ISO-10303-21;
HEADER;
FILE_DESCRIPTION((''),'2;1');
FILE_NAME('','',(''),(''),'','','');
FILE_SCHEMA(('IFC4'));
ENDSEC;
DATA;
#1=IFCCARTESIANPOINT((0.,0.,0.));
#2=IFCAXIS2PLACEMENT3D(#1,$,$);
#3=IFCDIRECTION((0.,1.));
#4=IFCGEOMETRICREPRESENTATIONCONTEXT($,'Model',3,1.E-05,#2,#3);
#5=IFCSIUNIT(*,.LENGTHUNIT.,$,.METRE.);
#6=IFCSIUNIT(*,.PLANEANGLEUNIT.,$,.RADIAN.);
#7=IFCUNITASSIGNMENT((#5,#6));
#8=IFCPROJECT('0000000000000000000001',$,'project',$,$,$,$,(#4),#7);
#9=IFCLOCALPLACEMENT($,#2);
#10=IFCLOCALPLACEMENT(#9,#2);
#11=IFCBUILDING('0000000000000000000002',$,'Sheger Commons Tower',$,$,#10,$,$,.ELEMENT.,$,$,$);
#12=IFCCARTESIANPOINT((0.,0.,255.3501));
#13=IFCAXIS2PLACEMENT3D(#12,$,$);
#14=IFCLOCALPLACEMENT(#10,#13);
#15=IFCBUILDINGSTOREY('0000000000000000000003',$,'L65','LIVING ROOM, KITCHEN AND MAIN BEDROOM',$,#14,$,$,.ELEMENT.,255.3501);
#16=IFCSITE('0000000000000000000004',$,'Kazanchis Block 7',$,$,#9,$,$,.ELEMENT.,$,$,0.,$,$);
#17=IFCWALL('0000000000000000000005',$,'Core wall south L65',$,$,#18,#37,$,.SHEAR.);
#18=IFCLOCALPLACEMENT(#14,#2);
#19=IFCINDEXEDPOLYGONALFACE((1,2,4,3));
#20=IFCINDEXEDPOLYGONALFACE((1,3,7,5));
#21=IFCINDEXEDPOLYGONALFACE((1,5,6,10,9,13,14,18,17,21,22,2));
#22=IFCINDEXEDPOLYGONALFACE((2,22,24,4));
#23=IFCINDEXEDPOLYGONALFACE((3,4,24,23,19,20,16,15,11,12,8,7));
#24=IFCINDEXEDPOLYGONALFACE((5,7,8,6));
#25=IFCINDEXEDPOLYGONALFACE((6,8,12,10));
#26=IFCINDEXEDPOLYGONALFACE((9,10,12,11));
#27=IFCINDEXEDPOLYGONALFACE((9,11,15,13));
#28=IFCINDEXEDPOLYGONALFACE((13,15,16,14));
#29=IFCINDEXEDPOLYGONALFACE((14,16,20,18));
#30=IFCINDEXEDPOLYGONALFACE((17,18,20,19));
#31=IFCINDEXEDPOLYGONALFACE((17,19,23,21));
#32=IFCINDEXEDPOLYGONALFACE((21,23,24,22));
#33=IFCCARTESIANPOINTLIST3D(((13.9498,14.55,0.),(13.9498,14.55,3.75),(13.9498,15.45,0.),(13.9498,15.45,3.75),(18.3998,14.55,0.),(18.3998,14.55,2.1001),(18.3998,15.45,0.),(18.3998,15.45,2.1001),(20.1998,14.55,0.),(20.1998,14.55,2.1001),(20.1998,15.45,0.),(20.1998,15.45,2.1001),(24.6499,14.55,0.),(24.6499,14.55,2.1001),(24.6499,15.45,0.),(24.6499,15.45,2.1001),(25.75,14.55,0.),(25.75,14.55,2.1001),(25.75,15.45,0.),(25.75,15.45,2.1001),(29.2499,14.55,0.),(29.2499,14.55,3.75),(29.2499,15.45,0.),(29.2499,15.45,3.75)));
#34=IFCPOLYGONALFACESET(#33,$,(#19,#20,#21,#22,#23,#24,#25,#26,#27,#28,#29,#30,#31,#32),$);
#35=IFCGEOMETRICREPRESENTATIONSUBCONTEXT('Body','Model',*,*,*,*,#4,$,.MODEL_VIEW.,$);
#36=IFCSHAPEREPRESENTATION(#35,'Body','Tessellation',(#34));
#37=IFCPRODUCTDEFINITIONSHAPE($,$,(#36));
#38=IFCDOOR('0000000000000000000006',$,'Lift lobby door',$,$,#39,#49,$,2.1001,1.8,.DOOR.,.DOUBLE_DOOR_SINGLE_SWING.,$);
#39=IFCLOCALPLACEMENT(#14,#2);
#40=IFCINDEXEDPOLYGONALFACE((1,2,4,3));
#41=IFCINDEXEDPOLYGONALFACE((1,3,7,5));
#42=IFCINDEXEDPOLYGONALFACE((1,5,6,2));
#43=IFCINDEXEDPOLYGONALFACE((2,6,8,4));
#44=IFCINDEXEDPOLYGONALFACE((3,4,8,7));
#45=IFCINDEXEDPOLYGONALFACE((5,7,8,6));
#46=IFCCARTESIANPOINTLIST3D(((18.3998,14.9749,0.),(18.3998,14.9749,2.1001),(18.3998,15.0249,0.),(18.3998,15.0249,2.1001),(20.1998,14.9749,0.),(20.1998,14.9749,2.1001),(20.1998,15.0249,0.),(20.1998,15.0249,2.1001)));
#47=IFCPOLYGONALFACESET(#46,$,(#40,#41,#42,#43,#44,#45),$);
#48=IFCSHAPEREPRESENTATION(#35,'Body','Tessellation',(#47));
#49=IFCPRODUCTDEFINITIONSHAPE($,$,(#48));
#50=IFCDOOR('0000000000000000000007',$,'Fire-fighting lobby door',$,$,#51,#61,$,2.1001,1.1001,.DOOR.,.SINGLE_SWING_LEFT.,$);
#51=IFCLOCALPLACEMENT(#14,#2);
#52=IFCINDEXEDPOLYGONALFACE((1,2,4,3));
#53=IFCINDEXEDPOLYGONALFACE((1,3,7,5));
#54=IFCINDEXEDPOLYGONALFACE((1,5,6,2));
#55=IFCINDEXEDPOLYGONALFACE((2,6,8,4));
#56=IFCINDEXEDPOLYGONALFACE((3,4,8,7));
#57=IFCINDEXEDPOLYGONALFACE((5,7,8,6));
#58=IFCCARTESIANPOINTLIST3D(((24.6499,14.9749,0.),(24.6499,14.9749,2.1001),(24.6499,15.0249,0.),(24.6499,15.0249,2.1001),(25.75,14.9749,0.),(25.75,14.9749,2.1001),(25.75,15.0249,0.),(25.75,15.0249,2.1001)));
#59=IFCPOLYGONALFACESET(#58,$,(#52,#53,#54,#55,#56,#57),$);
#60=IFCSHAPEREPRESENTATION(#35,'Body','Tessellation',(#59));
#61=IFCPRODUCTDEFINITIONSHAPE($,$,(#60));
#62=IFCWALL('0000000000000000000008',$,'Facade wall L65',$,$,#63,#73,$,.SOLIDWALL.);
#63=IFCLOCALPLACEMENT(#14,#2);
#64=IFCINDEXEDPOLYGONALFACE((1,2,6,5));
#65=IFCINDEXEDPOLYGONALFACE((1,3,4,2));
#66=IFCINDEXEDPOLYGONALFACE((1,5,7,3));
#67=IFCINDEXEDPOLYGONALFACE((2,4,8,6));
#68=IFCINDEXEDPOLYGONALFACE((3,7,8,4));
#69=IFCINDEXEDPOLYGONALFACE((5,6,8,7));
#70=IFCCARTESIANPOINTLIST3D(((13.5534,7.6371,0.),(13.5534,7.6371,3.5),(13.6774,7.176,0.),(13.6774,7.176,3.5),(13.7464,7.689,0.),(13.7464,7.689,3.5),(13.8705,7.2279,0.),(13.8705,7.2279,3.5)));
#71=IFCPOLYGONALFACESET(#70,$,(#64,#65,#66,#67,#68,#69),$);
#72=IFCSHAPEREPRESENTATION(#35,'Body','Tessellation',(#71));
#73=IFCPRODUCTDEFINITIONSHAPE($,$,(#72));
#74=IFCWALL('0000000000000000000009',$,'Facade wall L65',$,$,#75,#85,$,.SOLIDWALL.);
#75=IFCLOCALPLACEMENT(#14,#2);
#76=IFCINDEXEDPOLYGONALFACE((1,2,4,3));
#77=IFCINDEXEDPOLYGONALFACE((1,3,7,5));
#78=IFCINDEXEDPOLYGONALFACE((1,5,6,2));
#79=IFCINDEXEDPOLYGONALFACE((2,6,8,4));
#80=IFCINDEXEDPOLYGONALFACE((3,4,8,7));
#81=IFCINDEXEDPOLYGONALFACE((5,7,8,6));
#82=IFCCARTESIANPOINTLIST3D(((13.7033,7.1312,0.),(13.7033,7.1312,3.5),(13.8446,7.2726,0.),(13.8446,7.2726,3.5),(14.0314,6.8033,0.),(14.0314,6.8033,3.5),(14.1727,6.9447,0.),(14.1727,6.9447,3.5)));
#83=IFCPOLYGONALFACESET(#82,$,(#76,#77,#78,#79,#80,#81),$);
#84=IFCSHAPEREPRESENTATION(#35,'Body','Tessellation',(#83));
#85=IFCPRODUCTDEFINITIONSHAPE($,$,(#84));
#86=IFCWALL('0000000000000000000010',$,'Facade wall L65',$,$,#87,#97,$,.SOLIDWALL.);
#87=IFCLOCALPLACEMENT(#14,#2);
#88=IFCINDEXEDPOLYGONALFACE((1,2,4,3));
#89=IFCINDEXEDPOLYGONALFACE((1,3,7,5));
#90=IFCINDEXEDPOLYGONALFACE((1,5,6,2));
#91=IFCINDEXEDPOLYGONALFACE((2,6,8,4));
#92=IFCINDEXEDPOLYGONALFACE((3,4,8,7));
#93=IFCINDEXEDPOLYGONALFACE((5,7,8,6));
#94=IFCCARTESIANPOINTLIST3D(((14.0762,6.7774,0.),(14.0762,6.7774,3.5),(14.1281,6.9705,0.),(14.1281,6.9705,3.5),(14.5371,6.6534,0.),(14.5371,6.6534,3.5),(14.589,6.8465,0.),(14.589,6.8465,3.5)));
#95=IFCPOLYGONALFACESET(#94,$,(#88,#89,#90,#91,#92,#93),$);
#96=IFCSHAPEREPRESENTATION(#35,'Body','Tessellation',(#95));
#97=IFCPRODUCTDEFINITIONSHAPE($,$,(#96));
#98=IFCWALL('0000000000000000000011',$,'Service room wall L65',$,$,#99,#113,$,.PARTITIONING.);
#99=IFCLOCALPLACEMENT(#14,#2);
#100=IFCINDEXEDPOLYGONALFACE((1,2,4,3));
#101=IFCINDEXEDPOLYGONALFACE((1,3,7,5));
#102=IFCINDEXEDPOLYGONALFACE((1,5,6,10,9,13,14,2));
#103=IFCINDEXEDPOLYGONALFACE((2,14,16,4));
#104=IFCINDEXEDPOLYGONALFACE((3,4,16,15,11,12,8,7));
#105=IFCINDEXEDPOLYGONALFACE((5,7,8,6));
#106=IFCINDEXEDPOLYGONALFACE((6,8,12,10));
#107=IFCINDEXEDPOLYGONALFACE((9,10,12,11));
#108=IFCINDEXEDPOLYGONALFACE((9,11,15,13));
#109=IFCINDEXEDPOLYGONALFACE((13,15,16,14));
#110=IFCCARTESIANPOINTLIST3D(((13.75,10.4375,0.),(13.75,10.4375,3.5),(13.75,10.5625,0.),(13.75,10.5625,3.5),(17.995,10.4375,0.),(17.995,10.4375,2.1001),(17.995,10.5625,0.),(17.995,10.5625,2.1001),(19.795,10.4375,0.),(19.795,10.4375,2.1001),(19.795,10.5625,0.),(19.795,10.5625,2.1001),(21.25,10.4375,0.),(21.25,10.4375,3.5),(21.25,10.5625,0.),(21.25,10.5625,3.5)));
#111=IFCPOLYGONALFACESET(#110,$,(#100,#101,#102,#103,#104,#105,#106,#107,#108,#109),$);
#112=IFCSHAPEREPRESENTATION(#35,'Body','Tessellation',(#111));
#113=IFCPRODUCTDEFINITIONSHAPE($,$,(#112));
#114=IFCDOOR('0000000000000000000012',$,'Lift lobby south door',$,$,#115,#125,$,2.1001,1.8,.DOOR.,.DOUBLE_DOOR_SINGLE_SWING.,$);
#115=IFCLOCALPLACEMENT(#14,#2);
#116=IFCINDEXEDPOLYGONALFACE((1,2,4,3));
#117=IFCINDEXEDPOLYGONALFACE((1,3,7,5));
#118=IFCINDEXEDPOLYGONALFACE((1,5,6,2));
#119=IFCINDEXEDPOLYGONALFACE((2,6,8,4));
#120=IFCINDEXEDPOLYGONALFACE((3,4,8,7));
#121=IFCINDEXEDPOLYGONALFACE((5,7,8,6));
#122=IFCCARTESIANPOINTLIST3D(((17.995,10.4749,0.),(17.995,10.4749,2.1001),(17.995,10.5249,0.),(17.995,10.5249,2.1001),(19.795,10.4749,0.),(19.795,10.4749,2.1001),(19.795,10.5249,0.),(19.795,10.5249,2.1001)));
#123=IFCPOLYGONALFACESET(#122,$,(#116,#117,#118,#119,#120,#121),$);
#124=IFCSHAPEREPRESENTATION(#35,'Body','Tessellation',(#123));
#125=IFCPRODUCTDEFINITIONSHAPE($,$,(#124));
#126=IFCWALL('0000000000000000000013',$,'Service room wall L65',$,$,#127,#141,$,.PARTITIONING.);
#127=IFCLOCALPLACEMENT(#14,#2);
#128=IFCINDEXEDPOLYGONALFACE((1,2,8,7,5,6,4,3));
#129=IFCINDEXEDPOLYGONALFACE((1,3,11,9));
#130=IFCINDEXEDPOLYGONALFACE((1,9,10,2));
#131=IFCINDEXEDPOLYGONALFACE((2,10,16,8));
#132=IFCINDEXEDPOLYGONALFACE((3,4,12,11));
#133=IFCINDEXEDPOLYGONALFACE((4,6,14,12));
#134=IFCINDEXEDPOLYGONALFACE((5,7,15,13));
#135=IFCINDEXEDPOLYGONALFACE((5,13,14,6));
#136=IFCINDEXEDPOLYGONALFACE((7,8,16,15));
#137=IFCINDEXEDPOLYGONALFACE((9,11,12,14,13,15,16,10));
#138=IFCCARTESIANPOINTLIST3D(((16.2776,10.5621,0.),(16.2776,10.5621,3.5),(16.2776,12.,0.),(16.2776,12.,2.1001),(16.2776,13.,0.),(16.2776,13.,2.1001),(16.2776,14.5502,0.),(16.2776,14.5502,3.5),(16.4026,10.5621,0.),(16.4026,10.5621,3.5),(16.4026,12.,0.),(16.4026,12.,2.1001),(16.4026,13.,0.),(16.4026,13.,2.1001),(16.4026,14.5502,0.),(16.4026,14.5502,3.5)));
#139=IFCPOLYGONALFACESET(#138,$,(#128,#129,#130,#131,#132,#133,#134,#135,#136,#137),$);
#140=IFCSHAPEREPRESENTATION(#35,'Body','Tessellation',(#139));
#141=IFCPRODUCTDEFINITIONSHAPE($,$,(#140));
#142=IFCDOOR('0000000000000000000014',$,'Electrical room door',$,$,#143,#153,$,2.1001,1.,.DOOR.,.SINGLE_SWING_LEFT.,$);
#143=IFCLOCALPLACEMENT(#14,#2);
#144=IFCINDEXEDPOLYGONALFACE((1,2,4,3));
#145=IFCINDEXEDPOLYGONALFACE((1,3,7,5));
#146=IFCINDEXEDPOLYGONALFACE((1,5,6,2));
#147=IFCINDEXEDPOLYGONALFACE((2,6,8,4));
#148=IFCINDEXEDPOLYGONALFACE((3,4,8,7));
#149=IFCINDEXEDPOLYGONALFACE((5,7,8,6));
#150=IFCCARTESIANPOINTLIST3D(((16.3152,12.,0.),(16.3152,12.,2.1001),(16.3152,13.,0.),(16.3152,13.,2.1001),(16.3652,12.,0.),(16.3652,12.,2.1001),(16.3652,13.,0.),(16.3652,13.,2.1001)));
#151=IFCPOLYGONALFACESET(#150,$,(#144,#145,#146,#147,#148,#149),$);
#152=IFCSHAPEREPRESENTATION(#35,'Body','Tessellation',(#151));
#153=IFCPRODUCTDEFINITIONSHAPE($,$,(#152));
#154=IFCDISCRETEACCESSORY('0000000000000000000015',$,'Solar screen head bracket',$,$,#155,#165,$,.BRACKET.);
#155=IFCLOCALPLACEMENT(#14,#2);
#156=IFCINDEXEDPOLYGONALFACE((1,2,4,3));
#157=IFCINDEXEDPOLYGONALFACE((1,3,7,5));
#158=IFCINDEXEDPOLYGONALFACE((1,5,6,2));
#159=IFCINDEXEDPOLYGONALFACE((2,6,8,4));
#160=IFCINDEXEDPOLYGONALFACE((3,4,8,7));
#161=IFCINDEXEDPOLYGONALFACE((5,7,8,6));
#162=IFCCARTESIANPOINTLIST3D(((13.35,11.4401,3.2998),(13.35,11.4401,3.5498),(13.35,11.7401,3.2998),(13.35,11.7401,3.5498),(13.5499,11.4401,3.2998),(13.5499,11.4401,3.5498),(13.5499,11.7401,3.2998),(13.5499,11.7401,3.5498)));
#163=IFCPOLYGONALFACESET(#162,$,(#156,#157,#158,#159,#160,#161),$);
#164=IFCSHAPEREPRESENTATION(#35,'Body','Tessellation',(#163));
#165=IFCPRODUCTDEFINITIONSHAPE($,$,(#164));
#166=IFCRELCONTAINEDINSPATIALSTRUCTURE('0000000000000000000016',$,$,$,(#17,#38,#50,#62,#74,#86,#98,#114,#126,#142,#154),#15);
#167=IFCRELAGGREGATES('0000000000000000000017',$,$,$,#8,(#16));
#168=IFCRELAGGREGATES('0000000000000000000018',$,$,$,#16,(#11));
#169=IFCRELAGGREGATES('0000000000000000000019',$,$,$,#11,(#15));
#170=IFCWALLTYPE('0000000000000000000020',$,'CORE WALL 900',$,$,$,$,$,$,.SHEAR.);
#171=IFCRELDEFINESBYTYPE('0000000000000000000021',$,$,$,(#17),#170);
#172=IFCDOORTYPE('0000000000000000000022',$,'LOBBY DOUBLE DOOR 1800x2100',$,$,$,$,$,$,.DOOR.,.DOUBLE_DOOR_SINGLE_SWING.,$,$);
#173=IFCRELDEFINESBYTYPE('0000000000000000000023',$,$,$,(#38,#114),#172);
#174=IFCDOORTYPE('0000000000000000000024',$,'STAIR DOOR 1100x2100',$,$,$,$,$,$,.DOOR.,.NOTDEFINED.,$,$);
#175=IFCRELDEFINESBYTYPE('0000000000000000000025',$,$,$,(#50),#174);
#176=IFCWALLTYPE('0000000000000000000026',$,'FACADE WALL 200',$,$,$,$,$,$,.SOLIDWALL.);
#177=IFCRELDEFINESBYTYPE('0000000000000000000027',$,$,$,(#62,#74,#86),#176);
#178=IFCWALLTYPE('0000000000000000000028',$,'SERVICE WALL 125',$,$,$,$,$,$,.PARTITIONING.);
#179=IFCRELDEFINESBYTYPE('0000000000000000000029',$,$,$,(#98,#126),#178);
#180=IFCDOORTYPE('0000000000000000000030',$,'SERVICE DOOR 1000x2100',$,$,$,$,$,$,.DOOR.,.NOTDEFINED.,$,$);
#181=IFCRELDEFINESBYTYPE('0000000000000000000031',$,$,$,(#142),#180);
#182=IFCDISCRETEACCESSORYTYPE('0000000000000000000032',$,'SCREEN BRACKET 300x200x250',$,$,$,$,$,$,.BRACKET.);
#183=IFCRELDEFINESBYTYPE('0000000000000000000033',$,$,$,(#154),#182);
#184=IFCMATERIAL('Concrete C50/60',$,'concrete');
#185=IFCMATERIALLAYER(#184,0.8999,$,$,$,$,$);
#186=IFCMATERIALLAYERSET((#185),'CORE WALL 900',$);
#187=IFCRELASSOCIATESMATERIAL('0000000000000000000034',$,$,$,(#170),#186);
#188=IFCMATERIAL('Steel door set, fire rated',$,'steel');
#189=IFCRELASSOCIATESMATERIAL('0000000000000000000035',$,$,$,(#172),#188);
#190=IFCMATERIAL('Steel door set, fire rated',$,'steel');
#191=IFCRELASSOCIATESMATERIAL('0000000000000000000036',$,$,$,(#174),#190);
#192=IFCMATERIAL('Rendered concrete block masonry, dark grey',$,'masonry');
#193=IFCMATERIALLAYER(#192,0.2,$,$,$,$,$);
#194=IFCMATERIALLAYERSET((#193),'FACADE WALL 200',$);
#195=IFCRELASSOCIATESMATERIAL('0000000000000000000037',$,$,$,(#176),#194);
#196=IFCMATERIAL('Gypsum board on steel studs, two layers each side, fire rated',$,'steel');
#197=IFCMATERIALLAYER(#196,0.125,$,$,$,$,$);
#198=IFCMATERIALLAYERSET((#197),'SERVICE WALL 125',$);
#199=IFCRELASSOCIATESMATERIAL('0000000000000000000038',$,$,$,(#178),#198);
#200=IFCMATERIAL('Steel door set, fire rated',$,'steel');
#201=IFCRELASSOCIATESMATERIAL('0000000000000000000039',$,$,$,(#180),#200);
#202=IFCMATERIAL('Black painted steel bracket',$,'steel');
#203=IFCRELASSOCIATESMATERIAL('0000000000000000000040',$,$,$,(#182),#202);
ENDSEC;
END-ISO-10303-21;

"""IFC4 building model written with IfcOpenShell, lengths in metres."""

from ifc_helpers import new_model, si_unit, direction, frame, frame_2d, origin, origin_2d, place, context, subcontext, project, spatial, rectangle, extrude, material, layer, layer_set, type_object, element, fill, save


model = new_model("IFC4")

# Units and contexts
model_context = context("Model", 3, precision=1e-05, world=origin(), true_north=direction((0.0, 1.0)))
body_context = subcontext(model_context, "Body", "Model", "MODEL_VIEW")
ifc_project = project(units=[si_unit("LENGTHUNIT", "METRE"), si_unit("PLANEANGLEUNIT", "RADIAN")], contexts=[model_context])

# Site, building, storey
site_placement = place(None, origin())
site = spatial("IfcSite", under=ifc_project, at=site_placement, Name="Kazanchis Block 7", CompositionType="ELEMENT", RefElevation=0.0)
building_placement = place(site_placement, origin())
building = spatial("IfcBuilding", under=site, at=building_placement, Name="Sheger Commons Tower", CompositionType="ELEMENT")
storey_placement = place(building_placement, frame((0.0, 0.0, 255.3501)))
storey = spatial("IfcBuildingStorey", under=building, at=storey_placement, Name="L65", Description="LIVING ROOM, KITCHEN AND MAIN BEDROOM", CompositionType="ELEMENT", Elevation=255.3501)

# Wall, openings, doors
ifc_material_1 = material(Name="Concrete C50/60", Category="concrete")
ifc_layer_1 = layer(ifc_material_1, 0.8999)
ifc_layer_set_1 = layer_set([ifc_layer_1], Name="CORE WALL 900")
wall_type_1 = type_object("IfcWallType", Name="CORE WALL 900", PredefinedType="SHEAR", material=ifc_layer_set_1)
wall_1_placement = place(storey_placement, frame((13.95, 15.0, 0.0), z_axis=(0.0, 0.0, 1.0), x_axis=(1.0, 0.0, 0.0)))
wall_1 = element("IfcWall", 1, at=wall_1_placement, inside=storey, type_object=wall_type_1, Name="Core wall south L65", PredefinedType="SHEAR", context=body_context, shape_type="SweptSolid", body=[
    extrude(rectangle(XDim=15.3, YDim=0.8999, at=frame_2d((7.6499, 0.0))), origin(), (0.0, 0.0, 1.0), 3.75),
])
opening_1_placement = place(wall_1_placement, frame((4.45, 0.0, 0.0)))
opening_1 = element("IfcOpeningElement", 2, at=opening_1_placement, cuts=wall_1, PredefinedType="OPENING", context=body_context, shape_type="SweptSolid", body=[
    extrude(rectangle(XDim=1.8, YDim=2.1001, at=frame_2d((0.8999, 1.05))), frame((0.0, 0.46, 0.0), z_axis=(0.0, -1.0, 0.0), x_axis=(1.0, 0.0, 0.0)), (0.0, 0.0, 1.0), 0.9199),
])
opening_2_placement = place(wall_1_placement, frame((10.7, 0.0, 0.0)))
opening_2 = element("IfcOpeningElement", 3, at=opening_2_placement, cuts=wall_1, PredefinedType="OPENING", context=body_context, shape_type="SweptSolid", body=[
    extrude(rectangle(XDim=1.1001, YDim=2.1001, at=frame_2d((0.55, 1.05))), frame((0.0, 0.46, 0.0), z_axis=(0.0, -1.0, 0.0), x_axis=(1.0, 0.0, 0.0)), (0.0, 0.0, 1.0), 0.9199),
])
ifc_material_2 = material(Name="Steel door set, fire rated", Category="steel")
door_type_1 = type_object("IfcDoorType", Name="LOBBY DOUBLE DOOR 1800x2100", OperationType="DOUBLE_DOOR_SINGLE_SWING", PredefinedType="DOOR", material=ifc_material_2)
door_1_placement = place(opening_1_placement, origin())
door_1 = element("IfcDoor", 4, at=door_1_placement, inside=storey, type_object=door_type_1, Name="Lift lobby door", OperationType="DOUBLE_DOOR_SINGLE_SWING", OverallHeight=2.1001, OverallWidth=1.8, PredefinedType="DOOR", context=body_context, shape_type="SweptSolid", body=[
    extrude(rectangle(XDim=1.8, YDim=2.1001, at=frame_2d((0.8999, 1.05))), frame((0.0, 0.0249, 0.0), z_axis=(0.0, -1.0, 0.0), x_axis=(1.0, 0.0, 0.0)), (0.0, 0.0, 1.0), 0.05),
])
fill(opening_1, door_1)
ifc_material_3 = material(Name="Steel door set, fire rated", Category="steel")
door_type_2 = type_object("IfcDoorType", Name="STAIR DOOR 1100x2100", OperationType="NOTDEFINED", PredefinedType="DOOR", material=ifc_material_3)
door_2_placement = place(opening_2_placement, origin())
door_2 = element("IfcDoor", 5, at=door_2_placement, inside=storey, type_object=door_type_2, Name="Fire-fighting lobby door", OperationType="SINGLE_SWING_LEFT", OverallHeight=2.1001, OverallWidth=1.1001, PredefinedType="DOOR", context=body_context, shape_type="SweptSolid", body=[
    extrude(rectangle(XDim=1.1001, YDim=2.1001, at=frame_2d((0.55, 1.05))), frame((0.0, 0.0249, 0.0), z_axis=(0.0, -1.0, 0.0), x_axis=(1.0, 0.0, 0.0)), (0.0, 0.0, 1.0), 0.05),
])
fill(opening_2, door_2)

# Walls
ifc_material_4 = material(Name="Rendered concrete block masonry, dark grey", Category="masonry")
ifc_layer_2 = layer(ifc_material_4, 0.2)
ifc_layer_set_2 = layer_set([ifc_layer_2], Name="FACADE WALL 200")
wall_type_2 = type_object("IfcWallType", Name="FACADE WALL 200", PredefinedType="SOLIDWALL", material=ifc_layer_set_2)
wall_2_placement = place(storey_placement, frame((13.6499, 7.6631, 0.0), z_axis=(0.0, 0.0, 1.0), x_axis=(0.259698, -0.96569, 0.0)))
element("IfcWall", 6, at=wall_2_placement, inside=storey, type_object=wall_type_2, Name="Facade wall L65", PredefinedType="SOLIDWALL", context=body_context, shape_type="SweptSolid", body=[
    extrude(rectangle(XDim=0.4775, YDim=0.2, at=frame_2d((0.2388, 0.0))), origin(), (0.0, 0.0, 1.0), 3.5),
])
wall_3_placement = place(storey_placement, frame((13.7739, 7.2019, 0.0), z_axis=(0.0, 0.0, 1.0), x_axis=(0.70737, -0.706844, 0.0)))
element("IfcWall", 7, at=wall_3_placement, inside=storey, type_object=wall_type_2, Name="Facade wall L65", PredefinedType="SOLIDWALL", context=body_context, shape_type="SweptSolid", body=[
    extrude(rectangle(XDim=0.4639, YDim=0.2, at=frame_2d((0.2319, 0.0))), origin(), (0.0, 0.0, 1.0), 3.5),
])
wall_4_placement = place(storey_placement, frame((14.1021, 6.874, 0.0), z_axis=(0.0, 0.0, 1.0), x_axis=(0.965655, -0.259827, 0.0)))
element("IfcWall", 8, at=wall_4_placement, inside=storey, type_object=wall_type_2, Name="Facade wall L65", PredefinedType="SOLIDWALL", context=body_context, shape_type="SweptSolid", body=[
    extrude(rectangle(XDim=0.4773, YDim=0.2, at=frame_2d((0.2388, 0.0))), origin(), (0.0, 0.0, 1.0), 3.5),
])

# Walls, openings, doors
ifc_material_5 = material(Name="Gypsum board on steel studs, two layers each side, fire rated", Category="steel")
ifc_layer_3 = layer(ifc_material_5, 0.125)
ifc_layer_set_3 = layer_set([ifc_layer_3], Name="SERVICE WALL 125")
wall_type_3 = type_object("IfcWallType", Name="SERVICE WALL 125", PredefinedType="PARTITIONING", material=ifc_layer_set_3)
wall_5_placement = place(storey_placement, frame((13.75, 10.5, 0.0), z_axis=(0.0, 0.0, 1.0), x_axis=(1.0, 0.0, 0.0)))
wall_5 = element("IfcWall", 9, at=wall_5_placement, inside=storey, type_object=wall_type_3, Name="Service room wall L65", PredefinedType="PARTITIONING", context=body_context, shape_type="SweptSolid", body=[
    extrude(rectangle(XDim=7.5, YDim=0.125, at=frame_2d((3.75, 0.0))), origin(), (0.0, 0.0, 1.0), 3.5),
])
opening_3_placement = place(wall_5_placement, frame((4.2451, 0.0, 0.0)))
opening_3 = element("IfcOpeningElement", 10, at=opening_3_placement, cuts=wall_5, PredefinedType="OPENING", context=body_context, shape_type="SweptSolid", body=[
    extrude(rectangle(XDim=1.8, YDim=2.1001, at=frame_2d((0.8999, 1.05))), frame((0.0, 0.0725, 0.0), z_axis=(0.0, -1.0, 0.0), x_axis=(1.0, 0.0, 0.0)), (0.0, 0.0, 1.0), 0.145),
])
door_3_placement = place(opening_3_placement, origin())
door_3 = element("IfcDoor", 11, at=door_3_placement, inside=storey, type_object=door_type_1, Name="Lift lobby south door", OperationType="DOUBLE_DOOR_SINGLE_SWING", OverallHeight=2.1001, OverallWidth=1.8, PredefinedType="DOOR", context=body_context, shape_type="SweptSolid", body=[
    extrude(rectangle(XDim=1.8, YDim=2.1001, at=frame_2d((0.8999, 1.05))), frame((0.0, 0.0249, 0.0), z_axis=(0.0, -1.0, 0.0), x_axis=(1.0, 0.0, 0.0)), (0.0, 0.0, 1.0), 0.05),
])
fill(opening_3, door_3)
wall_6_placement = place(storey_placement, frame((16.3401, 10.562, 0.0), z_axis=(0.0, 0.0, 1.0), x_axis=(0.0, 1.0, 0.0)))
wall_6 = element("IfcWall", 12, at=wall_6_placement, inside=storey, type_object=wall_type_3, Name="Service room wall L65", PredefinedType="PARTITIONING", context=body_context, shape_type="SweptSolid", body=[
    extrude(rectangle(XDim=3.988, YDim=0.125, at=frame_2d((1.9941, 0.0))), origin(), (0.0, 0.0, 1.0), 3.5),
])
opening_4_placement = place(wall_6_placement, frame((1.438, 0.0, 0.0)))
opening_4 = element("IfcOpeningElement", 13, at=opening_4_placement, cuts=wall_6, PredefinedType="OPENING", context=body_context, shape_type="SweptSolid", body=[
    extrude(rectangle(XDim=1.0, YDim=2.1001, at=frame_2d((0.5, 1.05))), frame((0.0, 0.0725, 0.0), z_axis=(0.0, -1.0, 0.0), x_axis=(1.0, 0.0, 0.0)), (0.0, 0.0, 1.0), 0.145),
])
ifc_material_6 = material(Name="Steel door set, fire rated", Category="steel")
door_type_3 = type_object("IfcDoorType", Name="SERVICE DOOR 1000x2100", OperationType="NOTDEFINED", PredefinedType="DOOR", material=ifc_material_6)
door_4_placement = place(opening_4_placement, origin())
door_4 = element("IfcDoor", 14, at=door_4_placement, inside=storey, type_object=door_type_3, Name="Electrical room door", OperationType="SINGLE_SWING_LEFT", OverallHeight=2.1001, OverallWidth=1.0, PredefinedType="DOOR", context=body_context, shape_type="SweptSolid", body=[
    extrude(rectangle(XDim=1.0, YDim=2.1001, at=frame_2d((0.5, 1.05))), frame((0.0, 0.0249, 0.0), z_axis=(0.0, -1.0, 0.0), x_axis=(1.0, 0.0, 0.0)), (0.0, 0.0, 1.0), 0.05),
])
fill(opening_4, door_4)

# Discrete accessory
ifc_material_7 = material(Name="Black painted steel bracket", Category="steel")
discrete_accessory_type = type_object("IfcDiscreteAccessoryType", Name="SCREEN BRACKET 300x200x250", PredefinedType="BRACKET", material=ifc_material_7)
discrete_accessory_placement = place(storey_placement, frame((13.45, 11.5901, 3.2998), z_axis=(0.0, 0.0, 1.0), x_axis=(0.0, -1.0, 0.0)))
element("IfcDiscreteAccessory", 15, at=discrete_accessory_placement, inside=storey, type_object=discrete_accessory_type, Name="Solar screen head bracket", PredefinedType="BRACKET", context=body_context, shape_type="SweptSolid", body=[
    extrude(rectangle(XDim=0.3, YDim=0.2, at=origin_2d()), origin(), (0.0, 0.0, 1.0), 0.25),
])

save(model, "model.ifc")
